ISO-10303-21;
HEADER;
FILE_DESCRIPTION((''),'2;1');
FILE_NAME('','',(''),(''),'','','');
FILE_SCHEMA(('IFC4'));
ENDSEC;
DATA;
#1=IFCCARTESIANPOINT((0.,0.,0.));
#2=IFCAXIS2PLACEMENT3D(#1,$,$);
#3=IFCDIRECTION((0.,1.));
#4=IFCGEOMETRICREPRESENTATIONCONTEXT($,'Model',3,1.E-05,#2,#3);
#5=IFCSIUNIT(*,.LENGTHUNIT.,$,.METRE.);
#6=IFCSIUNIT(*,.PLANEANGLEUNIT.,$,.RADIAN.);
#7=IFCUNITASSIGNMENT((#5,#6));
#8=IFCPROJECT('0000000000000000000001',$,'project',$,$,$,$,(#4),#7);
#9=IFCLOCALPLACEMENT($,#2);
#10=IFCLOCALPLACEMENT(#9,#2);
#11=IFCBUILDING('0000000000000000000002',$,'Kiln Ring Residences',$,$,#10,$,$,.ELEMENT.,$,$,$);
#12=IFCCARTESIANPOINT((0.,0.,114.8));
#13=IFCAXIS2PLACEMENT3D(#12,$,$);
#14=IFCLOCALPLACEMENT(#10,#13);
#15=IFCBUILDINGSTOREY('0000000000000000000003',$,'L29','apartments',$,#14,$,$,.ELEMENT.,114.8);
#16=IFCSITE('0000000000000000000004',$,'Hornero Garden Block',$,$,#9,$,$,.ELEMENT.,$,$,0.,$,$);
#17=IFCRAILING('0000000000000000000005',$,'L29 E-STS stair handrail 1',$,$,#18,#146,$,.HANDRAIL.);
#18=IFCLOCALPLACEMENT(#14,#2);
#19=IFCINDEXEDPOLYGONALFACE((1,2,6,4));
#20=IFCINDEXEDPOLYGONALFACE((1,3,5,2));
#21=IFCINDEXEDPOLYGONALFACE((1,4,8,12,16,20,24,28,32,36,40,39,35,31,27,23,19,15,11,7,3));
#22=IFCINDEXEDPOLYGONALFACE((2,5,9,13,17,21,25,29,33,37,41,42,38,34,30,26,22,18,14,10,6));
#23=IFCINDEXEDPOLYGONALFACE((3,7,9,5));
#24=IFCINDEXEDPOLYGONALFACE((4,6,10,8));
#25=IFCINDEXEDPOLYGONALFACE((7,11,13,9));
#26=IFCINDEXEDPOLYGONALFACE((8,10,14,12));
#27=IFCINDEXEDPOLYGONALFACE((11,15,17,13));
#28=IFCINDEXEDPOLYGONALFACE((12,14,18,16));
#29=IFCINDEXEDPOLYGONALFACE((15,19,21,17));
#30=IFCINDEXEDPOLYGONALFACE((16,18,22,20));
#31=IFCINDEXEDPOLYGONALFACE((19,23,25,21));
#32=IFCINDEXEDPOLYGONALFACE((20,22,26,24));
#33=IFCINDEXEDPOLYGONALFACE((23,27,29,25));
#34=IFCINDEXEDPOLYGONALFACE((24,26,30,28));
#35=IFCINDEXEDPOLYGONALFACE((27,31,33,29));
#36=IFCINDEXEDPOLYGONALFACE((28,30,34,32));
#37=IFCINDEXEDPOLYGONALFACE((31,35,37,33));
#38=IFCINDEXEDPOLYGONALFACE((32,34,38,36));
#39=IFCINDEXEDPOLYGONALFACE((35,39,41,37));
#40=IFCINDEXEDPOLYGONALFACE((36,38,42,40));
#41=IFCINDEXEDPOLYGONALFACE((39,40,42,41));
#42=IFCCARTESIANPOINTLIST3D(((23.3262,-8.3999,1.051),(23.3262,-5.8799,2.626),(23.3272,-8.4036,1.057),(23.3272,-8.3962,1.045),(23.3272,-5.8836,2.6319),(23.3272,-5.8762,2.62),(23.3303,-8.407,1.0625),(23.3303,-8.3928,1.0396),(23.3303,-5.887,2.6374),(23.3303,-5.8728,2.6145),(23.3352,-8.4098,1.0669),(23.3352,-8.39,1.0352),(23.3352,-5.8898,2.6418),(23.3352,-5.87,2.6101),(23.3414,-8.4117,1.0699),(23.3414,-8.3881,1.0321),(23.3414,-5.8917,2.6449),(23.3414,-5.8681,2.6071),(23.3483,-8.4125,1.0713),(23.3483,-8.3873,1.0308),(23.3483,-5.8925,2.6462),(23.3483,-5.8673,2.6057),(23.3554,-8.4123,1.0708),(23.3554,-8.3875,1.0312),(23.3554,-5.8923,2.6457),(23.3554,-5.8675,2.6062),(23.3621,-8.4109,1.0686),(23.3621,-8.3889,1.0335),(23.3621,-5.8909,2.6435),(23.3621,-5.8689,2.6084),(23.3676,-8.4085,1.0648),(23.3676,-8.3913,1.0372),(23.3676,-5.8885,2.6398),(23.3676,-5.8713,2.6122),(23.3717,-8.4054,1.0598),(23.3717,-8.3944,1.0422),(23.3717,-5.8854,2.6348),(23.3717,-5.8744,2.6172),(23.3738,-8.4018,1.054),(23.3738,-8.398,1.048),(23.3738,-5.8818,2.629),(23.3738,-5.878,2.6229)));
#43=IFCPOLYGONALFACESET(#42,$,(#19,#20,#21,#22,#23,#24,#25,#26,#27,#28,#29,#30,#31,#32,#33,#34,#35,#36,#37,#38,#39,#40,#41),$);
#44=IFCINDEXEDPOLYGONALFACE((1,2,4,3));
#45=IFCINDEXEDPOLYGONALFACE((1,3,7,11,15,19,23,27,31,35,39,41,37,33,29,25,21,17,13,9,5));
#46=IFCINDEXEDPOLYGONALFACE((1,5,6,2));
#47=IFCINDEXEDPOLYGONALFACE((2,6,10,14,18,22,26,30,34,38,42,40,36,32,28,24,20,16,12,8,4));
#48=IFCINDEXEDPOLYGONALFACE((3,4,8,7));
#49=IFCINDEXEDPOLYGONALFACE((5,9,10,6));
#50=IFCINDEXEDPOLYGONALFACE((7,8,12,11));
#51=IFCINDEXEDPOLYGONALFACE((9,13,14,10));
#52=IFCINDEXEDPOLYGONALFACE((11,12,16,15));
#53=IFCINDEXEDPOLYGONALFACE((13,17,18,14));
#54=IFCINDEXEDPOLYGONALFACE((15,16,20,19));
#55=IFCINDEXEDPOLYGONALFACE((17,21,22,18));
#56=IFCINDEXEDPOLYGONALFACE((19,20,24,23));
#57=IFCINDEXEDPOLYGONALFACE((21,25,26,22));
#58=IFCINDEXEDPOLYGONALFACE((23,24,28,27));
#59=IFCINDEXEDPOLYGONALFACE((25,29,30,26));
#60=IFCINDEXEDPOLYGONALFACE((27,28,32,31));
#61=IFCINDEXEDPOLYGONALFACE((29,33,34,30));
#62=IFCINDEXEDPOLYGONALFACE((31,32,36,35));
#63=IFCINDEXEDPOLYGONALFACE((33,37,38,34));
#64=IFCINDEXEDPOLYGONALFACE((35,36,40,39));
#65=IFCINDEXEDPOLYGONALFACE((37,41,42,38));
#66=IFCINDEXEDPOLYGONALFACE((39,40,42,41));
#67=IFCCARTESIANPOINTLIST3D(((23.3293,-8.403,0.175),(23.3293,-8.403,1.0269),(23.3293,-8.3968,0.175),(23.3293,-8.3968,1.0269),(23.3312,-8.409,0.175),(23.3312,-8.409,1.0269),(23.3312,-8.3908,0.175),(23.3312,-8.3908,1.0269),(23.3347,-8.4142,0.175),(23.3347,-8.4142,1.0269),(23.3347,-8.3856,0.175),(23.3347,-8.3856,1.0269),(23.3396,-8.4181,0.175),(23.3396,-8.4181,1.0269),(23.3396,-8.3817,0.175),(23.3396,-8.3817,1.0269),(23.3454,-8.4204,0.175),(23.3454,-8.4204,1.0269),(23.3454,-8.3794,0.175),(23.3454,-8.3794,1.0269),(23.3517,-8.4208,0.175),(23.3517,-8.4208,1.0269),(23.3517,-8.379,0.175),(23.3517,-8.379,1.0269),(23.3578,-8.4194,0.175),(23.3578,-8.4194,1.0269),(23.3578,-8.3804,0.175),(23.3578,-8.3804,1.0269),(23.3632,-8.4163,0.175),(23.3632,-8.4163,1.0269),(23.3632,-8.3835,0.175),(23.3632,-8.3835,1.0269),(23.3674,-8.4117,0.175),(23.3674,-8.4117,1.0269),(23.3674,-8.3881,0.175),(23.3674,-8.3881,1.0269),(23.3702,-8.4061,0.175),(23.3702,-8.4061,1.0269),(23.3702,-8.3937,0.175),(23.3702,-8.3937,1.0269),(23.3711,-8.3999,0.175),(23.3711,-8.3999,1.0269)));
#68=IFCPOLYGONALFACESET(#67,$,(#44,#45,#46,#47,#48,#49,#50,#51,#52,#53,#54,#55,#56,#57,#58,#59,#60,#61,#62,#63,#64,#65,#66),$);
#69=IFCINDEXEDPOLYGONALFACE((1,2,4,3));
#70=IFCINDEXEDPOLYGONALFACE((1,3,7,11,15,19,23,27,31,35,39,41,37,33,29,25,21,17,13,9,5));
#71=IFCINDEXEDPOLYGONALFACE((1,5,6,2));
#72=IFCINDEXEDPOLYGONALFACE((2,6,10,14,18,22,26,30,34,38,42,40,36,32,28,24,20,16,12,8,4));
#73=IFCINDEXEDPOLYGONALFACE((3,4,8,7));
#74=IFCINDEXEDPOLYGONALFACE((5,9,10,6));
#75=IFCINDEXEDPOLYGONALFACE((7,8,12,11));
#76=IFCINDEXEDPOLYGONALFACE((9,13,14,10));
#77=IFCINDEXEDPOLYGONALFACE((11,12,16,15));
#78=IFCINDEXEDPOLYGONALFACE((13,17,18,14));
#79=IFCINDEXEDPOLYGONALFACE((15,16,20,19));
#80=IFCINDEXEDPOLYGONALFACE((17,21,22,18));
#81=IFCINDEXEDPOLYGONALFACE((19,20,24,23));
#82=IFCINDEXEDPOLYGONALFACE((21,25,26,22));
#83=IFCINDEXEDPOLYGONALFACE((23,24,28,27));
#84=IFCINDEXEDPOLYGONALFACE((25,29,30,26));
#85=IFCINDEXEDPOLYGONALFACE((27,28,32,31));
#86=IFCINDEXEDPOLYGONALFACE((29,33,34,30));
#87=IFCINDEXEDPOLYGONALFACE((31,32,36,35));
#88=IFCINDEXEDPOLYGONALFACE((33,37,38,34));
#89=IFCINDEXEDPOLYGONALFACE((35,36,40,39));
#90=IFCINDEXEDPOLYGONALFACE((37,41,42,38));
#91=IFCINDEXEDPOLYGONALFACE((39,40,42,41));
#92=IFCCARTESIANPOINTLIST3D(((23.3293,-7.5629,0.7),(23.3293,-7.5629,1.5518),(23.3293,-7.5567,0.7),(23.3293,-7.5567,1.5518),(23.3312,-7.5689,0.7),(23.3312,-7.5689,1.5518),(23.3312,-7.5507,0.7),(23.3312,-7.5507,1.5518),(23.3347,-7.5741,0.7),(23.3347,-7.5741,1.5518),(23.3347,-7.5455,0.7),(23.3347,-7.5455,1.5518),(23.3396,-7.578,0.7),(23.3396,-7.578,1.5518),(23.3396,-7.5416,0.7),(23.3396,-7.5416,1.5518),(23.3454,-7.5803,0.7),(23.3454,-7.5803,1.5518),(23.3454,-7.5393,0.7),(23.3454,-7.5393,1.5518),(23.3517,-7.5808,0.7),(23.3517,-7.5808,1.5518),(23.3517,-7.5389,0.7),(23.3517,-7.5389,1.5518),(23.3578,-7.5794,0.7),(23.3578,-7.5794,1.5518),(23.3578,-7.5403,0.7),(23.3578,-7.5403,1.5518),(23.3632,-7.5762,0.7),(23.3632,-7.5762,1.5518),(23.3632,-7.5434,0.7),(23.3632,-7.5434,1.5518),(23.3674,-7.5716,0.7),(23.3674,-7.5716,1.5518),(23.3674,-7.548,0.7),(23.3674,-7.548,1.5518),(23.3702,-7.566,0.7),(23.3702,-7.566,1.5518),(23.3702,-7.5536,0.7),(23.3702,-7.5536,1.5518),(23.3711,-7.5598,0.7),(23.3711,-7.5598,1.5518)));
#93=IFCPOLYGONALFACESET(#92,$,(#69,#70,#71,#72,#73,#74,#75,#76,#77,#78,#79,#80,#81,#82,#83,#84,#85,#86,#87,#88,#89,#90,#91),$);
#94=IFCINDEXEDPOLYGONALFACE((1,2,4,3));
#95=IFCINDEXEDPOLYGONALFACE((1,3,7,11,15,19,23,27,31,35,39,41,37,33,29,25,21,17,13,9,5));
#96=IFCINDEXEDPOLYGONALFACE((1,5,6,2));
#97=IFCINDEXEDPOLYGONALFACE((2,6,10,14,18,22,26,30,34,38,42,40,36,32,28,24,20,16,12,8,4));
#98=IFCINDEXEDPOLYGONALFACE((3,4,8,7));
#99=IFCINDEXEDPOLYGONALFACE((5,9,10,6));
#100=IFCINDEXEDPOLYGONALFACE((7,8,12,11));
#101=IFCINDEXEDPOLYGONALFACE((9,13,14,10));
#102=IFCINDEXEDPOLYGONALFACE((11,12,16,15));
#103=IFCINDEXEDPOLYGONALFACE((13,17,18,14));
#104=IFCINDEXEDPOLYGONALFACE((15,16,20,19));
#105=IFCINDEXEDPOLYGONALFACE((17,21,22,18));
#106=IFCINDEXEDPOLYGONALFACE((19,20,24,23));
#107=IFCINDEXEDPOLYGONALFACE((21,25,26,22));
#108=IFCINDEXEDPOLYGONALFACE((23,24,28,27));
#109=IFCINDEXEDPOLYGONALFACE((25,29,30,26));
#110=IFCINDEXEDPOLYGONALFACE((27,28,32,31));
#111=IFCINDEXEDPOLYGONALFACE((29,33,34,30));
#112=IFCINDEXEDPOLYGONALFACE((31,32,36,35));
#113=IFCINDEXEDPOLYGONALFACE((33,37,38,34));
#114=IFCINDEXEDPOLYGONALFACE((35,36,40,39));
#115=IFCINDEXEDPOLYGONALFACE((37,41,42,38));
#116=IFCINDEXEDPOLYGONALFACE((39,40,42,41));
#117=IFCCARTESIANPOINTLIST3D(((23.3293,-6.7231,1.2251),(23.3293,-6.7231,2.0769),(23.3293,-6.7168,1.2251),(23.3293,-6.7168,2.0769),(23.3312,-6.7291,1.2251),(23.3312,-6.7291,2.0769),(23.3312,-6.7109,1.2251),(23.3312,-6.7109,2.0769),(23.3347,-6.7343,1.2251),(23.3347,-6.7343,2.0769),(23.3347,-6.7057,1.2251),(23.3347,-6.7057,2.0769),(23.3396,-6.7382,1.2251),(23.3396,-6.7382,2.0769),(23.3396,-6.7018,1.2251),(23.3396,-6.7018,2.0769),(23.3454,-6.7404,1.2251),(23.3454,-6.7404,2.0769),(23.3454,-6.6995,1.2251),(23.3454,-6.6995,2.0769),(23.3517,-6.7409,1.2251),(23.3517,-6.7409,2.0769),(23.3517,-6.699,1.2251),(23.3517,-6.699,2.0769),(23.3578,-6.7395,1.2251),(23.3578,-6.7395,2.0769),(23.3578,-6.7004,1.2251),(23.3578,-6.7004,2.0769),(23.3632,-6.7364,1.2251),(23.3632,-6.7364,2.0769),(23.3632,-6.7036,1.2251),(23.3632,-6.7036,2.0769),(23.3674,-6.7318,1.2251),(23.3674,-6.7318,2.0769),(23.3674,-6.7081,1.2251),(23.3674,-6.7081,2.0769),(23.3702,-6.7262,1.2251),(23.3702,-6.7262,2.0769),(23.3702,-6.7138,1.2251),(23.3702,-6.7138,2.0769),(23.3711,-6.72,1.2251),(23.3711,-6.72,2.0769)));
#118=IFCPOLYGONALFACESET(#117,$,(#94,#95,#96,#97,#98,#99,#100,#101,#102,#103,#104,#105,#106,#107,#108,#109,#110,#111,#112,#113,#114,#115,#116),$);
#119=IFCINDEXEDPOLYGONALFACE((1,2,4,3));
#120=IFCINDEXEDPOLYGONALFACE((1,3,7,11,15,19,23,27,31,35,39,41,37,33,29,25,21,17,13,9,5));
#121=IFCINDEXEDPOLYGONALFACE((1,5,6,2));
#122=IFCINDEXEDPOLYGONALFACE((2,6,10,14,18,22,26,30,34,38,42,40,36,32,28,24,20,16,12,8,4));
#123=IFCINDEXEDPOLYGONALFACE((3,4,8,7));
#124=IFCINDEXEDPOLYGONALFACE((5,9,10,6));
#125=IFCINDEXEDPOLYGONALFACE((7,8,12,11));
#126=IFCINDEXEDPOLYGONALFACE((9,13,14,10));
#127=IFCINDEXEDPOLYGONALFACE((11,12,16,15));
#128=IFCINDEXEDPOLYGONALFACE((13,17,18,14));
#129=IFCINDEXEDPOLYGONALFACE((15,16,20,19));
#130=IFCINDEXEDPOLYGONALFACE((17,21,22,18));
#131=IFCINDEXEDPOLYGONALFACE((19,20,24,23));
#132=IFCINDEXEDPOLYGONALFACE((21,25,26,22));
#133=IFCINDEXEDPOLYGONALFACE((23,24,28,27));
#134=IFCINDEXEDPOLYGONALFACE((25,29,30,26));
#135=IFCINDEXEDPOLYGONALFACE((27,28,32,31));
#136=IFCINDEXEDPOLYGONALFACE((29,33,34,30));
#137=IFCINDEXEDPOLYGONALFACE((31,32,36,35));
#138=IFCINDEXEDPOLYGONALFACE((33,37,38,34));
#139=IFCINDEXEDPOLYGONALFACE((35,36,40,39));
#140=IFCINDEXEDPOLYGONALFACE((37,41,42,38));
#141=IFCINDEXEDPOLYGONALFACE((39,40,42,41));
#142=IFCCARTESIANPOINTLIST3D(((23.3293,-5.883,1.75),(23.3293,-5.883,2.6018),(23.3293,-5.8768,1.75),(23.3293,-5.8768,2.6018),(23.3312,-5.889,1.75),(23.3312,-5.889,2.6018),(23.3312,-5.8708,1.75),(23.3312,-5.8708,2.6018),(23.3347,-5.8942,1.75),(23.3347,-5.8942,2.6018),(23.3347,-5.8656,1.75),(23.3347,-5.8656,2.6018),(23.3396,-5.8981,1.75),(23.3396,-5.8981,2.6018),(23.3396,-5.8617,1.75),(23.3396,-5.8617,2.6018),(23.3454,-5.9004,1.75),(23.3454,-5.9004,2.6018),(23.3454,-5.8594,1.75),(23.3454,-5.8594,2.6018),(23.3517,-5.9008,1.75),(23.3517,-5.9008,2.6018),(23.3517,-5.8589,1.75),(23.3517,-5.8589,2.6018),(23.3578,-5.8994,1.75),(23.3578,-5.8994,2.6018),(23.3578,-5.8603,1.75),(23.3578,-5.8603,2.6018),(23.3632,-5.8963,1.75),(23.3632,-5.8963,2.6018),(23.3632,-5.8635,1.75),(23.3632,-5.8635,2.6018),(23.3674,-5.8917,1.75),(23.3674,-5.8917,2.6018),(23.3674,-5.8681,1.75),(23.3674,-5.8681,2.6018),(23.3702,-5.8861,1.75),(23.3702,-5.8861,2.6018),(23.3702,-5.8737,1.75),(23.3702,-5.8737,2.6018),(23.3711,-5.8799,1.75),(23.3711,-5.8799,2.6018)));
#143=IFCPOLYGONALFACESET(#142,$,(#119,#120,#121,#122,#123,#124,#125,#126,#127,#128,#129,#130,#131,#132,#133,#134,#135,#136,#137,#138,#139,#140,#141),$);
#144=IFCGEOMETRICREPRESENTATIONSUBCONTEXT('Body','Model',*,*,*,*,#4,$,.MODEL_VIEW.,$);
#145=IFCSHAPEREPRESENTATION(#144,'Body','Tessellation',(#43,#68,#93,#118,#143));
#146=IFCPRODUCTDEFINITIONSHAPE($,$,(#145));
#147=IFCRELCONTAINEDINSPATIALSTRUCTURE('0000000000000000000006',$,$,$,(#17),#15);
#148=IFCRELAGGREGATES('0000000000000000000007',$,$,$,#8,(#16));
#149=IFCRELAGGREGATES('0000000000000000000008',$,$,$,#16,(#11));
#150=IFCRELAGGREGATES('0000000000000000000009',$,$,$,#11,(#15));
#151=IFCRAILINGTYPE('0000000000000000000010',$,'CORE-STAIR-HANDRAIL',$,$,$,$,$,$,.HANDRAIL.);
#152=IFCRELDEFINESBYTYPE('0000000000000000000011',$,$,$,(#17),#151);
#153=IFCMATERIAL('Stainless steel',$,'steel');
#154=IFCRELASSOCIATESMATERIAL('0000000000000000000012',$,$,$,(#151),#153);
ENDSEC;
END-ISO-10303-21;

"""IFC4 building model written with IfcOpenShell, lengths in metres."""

from ifc_helpers import new_model, si_unit, direction, frame, origin, origin_2d, place, context, subcontext, project, spatial, circle, extrude, material, type_object, element, save


model = new_model("IFC4")

# Units and contexts
model_context = context("Model", 3, precision=1e-05, world=origin(), true_north=direction((0.0, 1.0)))
body_context = subcontext(model_context, "Body", "Model", "MODEL_VIEW")
ifc_project = project(units=[si_unit("LENGTHUNIT", "METRE"), si_unit("PLANEANGLEUNIT", "RADIAN")], contexts=[model_context])

# Site, building, storey
site_placement = place(None, origin())
site = spatial("IfcSite", under=ifc_project, at=site_placement, Name="Hornero Garden Block", CompositionType="ELEMENT", RefElevation=0.0)
building_placement = place(site_placement, origin())
building = spatial("IfcBuilding", under=site, at=building_placement, Name="Kiln Ring Residences", CompositionType="ELEMENT")
storey_placement = place(building_placement, frame((0.0, 0.0, 114.8)))
storey = spatial("IfcBuildingStorey", under=building, at=storey_placement, Name="L29", Description="apartments", CompositionType="ELEMENT", Elevation=114.8)

# Railing
ifc_material_1 = material(Name="Stainless steel", Category="steel")
railing_type_1 = type_object("IfcRailingType", Name="CORE-STAIR-HANDRAIL", PredefinedType="HANDRAIL", material=ifc_material_1)
railing_1_placement = place(storey_placement, frame((23.3501, -8.3999, 0.175)))
element("IfcRailing", 1, at=railing_1_placement, inside=storey, type_object=railing_type_1, Name="L29 E-STS stair handrail 1", PredefinedType="HANDRAIL", context=body_context, shape_type="SweptSolid", body=[
    extrude(circle(Radius=0.0239, at=origin_2d()), frame((0.0, 0.0, 0.876), z_axis=(0.0, 0.848008, 0.529984), x_axis=(-1.0, 0.0, 0.0)), (0.0, 0.0, 1.0), 2.9717),
    extrude(circle(Radius=0.021, at=origin_2d()), origin(), (0.0, 0.0, 1.0), 0.8518),
    extrude(circle(Radius=0.021, at=origin_2d()), frame((0.0, 0.8401, 0.5249)), (0.0, 0.0, 1.0), 0.8518),
    extrude(circle(Radius=0.021, at=origin_2d()), frame((0.0, 1.6799, 1.05)), (0.0, 0.0, 1.0), 0.8518),
    extrude(circle(Radius=0.021, at=origin_2d()), frame((0.0, 2.52, 1.575)), (0.0, 0.0, 1.0), 0.8518),
])

save(model, "model.ifc")
